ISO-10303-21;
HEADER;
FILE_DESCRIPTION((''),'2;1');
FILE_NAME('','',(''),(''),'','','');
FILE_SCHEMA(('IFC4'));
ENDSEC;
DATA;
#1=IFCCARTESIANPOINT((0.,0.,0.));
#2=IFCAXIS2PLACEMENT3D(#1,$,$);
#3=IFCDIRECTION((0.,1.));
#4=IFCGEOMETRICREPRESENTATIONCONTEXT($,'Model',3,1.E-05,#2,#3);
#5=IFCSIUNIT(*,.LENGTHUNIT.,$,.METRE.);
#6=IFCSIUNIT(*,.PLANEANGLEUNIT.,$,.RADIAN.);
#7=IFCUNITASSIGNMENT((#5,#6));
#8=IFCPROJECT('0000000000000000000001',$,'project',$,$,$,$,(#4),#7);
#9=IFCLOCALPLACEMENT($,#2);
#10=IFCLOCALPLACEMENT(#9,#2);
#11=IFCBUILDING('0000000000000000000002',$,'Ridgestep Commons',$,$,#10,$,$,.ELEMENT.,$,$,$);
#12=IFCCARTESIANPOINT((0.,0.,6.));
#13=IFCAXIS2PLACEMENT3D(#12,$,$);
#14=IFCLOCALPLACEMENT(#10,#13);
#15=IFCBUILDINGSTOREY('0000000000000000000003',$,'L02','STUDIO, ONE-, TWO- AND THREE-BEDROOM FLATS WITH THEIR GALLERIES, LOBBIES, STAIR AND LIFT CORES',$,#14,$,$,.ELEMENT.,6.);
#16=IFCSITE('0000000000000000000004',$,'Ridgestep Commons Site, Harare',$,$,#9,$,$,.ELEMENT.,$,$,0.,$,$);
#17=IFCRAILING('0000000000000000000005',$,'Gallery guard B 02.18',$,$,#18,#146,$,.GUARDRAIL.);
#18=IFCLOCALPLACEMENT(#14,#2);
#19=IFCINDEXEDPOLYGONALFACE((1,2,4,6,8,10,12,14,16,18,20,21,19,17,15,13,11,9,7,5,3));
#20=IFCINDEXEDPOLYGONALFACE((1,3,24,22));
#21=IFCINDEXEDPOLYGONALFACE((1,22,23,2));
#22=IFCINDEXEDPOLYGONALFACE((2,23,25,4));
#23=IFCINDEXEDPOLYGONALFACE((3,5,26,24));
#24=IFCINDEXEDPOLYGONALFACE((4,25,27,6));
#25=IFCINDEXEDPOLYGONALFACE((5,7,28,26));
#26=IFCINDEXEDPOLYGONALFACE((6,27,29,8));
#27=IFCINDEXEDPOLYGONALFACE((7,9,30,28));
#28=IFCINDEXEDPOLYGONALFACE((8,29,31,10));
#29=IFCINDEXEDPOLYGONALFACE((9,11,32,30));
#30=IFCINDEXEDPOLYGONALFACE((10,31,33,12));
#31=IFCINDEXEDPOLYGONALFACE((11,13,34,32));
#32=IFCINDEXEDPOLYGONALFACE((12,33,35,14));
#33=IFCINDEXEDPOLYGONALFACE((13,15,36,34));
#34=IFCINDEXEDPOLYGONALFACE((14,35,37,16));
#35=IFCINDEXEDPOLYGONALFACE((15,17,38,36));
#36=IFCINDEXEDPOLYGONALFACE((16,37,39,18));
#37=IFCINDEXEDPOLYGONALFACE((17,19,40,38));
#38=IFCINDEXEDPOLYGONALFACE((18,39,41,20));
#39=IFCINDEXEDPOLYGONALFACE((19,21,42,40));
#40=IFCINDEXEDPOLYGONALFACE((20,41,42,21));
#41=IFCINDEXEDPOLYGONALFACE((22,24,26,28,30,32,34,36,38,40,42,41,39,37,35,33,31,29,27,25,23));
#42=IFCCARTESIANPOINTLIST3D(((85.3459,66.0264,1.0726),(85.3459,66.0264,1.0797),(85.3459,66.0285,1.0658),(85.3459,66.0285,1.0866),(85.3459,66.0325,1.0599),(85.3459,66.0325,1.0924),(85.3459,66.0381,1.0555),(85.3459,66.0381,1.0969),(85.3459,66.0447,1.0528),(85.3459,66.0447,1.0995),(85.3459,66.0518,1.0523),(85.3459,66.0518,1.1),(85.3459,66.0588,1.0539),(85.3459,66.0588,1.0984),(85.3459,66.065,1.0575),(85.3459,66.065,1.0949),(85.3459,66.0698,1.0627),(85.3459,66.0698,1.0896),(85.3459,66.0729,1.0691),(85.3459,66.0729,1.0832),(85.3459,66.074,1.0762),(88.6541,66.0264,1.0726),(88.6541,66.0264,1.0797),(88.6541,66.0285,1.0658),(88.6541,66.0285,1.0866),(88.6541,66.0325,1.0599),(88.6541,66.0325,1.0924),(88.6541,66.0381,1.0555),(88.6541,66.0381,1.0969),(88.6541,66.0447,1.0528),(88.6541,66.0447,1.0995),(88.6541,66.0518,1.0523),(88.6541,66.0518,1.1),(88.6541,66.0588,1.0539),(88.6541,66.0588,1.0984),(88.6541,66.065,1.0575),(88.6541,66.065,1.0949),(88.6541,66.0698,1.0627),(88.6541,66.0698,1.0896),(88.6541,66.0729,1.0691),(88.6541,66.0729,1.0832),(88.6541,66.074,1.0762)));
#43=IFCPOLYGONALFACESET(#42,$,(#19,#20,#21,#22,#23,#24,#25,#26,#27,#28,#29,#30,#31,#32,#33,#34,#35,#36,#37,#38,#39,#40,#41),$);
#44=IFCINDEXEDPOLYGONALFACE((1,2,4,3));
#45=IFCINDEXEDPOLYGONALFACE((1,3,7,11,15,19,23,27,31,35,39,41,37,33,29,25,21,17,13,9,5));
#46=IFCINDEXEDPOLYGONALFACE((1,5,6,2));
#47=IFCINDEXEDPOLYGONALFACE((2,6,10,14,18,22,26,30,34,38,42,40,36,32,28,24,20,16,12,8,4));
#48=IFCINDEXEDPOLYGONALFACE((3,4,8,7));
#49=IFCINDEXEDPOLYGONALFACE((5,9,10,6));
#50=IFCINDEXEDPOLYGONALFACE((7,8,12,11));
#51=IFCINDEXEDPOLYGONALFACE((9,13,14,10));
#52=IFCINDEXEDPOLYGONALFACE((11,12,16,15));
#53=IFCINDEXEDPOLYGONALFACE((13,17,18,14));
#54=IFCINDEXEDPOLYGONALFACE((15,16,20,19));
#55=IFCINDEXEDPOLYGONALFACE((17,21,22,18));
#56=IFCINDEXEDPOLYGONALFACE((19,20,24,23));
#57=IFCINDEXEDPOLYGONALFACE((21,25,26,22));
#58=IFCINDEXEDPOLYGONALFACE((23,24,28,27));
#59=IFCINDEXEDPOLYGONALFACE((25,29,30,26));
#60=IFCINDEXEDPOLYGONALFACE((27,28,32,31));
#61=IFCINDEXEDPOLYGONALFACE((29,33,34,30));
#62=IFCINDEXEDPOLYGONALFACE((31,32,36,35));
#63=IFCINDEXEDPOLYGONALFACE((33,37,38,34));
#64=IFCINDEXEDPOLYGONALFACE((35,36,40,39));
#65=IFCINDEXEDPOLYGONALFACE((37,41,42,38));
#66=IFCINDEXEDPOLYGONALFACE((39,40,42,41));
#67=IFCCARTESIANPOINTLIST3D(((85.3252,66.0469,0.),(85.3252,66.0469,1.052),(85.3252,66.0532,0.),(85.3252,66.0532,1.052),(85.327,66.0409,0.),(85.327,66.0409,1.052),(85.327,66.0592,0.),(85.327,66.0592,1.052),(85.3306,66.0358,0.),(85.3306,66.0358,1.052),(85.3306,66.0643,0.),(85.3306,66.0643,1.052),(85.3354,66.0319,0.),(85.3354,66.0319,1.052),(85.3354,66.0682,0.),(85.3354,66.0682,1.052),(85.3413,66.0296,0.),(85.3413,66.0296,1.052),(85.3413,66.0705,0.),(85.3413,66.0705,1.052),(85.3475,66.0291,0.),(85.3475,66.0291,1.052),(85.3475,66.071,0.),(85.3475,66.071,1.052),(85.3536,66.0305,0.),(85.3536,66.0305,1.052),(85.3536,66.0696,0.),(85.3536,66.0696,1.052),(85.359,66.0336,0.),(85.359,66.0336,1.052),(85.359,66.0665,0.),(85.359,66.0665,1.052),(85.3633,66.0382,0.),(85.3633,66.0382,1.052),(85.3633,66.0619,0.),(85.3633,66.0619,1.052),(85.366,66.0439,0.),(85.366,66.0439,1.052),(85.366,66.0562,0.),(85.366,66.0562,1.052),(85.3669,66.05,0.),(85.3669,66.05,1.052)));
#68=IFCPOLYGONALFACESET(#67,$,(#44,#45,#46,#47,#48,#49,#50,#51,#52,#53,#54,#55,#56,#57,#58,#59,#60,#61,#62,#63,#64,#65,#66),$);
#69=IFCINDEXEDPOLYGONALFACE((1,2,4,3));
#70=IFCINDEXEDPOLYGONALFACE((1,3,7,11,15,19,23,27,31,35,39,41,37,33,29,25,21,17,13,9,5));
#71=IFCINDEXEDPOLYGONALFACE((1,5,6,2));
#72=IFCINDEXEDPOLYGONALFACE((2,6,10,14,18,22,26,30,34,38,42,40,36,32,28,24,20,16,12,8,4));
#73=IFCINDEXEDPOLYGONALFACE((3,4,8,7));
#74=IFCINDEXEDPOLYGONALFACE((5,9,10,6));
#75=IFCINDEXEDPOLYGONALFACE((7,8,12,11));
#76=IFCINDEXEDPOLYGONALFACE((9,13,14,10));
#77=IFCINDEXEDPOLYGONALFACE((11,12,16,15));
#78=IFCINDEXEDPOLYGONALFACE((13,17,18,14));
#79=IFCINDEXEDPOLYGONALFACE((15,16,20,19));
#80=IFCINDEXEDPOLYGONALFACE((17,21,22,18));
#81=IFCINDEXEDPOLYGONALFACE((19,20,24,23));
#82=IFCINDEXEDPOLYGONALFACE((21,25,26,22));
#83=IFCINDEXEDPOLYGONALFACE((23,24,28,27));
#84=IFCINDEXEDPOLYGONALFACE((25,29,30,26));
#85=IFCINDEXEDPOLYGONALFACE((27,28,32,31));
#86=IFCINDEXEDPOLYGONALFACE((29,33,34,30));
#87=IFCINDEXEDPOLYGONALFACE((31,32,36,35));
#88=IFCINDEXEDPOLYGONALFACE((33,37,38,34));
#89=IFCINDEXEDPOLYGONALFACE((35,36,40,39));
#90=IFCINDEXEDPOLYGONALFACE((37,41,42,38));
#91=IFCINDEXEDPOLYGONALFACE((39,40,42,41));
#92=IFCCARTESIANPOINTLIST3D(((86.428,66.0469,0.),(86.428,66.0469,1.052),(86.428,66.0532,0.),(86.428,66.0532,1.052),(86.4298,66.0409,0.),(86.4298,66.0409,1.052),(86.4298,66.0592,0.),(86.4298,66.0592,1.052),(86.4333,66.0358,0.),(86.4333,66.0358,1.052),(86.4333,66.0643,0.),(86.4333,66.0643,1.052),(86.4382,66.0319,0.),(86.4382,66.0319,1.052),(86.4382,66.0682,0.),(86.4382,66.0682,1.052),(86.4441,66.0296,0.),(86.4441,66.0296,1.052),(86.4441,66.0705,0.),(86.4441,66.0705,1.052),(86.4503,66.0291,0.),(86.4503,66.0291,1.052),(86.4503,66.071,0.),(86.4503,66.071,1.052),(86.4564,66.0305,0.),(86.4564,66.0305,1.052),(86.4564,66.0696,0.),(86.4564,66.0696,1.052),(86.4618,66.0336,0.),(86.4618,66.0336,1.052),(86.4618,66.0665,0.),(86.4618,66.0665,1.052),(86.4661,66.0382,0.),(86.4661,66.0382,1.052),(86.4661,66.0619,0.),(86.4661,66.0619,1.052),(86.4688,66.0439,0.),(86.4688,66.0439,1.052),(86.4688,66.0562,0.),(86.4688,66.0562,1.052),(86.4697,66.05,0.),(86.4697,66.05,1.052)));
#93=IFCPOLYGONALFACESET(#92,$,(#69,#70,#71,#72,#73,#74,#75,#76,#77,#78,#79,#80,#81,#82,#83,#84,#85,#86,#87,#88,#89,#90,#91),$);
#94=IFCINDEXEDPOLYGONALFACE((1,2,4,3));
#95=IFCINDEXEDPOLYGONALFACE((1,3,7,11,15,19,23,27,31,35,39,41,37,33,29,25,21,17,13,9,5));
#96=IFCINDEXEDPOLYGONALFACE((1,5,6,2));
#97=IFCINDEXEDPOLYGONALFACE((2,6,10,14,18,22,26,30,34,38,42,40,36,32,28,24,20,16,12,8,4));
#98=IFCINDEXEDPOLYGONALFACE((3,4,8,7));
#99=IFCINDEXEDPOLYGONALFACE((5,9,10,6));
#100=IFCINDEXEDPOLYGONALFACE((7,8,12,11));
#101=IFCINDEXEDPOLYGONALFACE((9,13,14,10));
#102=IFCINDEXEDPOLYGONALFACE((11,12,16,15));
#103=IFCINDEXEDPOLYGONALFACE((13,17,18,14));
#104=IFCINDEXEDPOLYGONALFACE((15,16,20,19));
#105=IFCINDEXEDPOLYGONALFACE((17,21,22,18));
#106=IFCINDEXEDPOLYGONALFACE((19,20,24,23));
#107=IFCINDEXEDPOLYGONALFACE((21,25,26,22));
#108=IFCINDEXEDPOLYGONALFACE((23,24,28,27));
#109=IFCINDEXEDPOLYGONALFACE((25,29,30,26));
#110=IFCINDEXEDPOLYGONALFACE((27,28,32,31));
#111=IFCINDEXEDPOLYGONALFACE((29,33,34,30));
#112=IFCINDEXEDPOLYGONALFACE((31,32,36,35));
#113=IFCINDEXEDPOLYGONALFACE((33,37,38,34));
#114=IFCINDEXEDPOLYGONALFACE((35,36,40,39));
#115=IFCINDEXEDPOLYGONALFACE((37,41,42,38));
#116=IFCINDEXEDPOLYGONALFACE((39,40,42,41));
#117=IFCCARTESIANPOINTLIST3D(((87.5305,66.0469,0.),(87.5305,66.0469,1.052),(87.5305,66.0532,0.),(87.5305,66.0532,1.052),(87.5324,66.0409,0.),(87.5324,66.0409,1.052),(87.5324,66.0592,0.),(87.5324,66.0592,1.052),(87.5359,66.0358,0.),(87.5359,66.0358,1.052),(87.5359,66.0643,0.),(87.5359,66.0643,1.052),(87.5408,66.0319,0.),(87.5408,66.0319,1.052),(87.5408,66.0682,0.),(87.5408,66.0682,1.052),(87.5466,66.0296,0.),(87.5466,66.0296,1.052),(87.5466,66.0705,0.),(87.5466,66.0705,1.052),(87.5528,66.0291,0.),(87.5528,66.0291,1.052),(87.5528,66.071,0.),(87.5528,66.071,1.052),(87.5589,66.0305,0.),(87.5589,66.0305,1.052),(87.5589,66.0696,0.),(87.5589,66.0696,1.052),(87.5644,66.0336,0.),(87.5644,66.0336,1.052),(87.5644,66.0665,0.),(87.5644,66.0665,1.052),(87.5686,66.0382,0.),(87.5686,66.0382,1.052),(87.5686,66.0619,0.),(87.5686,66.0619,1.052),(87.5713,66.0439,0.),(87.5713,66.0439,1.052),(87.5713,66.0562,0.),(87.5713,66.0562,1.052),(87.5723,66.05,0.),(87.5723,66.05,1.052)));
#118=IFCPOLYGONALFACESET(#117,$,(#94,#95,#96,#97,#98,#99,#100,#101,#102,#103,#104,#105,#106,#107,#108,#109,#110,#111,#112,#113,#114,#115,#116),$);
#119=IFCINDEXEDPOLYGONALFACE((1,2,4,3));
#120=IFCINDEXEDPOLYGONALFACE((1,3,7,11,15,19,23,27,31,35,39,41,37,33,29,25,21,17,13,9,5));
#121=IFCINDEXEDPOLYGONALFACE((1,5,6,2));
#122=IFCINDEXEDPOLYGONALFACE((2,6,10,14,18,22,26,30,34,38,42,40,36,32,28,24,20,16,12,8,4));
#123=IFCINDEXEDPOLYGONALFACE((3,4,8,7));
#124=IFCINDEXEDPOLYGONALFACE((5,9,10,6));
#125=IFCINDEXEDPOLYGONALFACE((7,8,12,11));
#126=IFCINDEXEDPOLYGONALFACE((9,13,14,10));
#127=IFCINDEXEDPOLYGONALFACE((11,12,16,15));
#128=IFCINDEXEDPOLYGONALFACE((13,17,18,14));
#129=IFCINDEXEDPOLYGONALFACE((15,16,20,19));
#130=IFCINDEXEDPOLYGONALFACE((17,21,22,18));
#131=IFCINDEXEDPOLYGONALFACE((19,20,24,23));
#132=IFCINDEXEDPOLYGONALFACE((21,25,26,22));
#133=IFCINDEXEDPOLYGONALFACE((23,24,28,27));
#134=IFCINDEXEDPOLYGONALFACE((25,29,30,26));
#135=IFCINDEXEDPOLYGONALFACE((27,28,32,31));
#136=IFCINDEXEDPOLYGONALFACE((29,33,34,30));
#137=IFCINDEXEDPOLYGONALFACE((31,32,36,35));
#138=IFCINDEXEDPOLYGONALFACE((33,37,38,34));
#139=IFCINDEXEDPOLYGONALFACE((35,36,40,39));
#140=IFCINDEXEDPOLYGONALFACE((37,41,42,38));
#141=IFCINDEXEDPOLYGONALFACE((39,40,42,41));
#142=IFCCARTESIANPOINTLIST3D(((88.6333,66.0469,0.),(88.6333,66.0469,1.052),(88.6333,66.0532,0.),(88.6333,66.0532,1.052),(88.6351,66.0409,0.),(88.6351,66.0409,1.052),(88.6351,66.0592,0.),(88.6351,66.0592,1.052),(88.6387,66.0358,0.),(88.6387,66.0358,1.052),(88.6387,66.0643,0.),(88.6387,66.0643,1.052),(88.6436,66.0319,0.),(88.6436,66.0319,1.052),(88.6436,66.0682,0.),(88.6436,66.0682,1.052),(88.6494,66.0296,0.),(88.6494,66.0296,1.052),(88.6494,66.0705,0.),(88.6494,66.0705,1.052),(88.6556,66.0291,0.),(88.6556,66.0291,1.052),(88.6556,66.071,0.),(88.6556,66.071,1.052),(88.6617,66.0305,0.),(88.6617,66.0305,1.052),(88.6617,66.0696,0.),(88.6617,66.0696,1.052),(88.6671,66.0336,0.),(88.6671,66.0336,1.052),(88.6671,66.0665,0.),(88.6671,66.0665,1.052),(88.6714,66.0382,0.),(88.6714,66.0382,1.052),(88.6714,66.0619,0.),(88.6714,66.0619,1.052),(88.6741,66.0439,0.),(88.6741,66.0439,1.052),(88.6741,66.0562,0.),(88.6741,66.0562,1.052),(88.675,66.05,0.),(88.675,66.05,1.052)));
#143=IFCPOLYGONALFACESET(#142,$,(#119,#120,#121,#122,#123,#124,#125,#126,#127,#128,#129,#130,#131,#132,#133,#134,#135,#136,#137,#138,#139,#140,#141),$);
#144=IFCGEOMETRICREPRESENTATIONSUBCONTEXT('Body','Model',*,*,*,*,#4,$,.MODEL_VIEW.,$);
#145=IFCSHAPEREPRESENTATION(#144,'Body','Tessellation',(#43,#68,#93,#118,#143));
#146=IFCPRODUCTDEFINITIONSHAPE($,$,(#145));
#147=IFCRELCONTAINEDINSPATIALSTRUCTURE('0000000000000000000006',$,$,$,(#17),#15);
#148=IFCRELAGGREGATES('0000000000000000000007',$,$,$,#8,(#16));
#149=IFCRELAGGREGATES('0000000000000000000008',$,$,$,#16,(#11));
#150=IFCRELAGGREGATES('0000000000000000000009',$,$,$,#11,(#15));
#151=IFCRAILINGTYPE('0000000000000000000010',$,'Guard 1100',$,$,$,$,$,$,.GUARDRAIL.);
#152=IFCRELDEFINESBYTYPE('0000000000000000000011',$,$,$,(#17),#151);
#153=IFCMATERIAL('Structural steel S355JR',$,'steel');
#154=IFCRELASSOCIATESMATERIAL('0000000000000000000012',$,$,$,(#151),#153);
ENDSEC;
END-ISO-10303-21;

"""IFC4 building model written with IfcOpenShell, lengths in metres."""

from ifc_helpers import new_model, si_unit, direction, frame, origin, origin_2d, place, context, subcontext, project, spatial, circle, extrude, material, type_object, element, save


model = new_model("IFC4")

# Units and contexts
model_context = context("Model", 3, precision=1e-05, world=origin(), true_north=direction((0.0, 1.0)))
body_context = subcontext(model_context, "Body", "Model", "MODEL_VIEW")
ifc_project = project(units=[si_unit("LENGTHUNIT", "METRE"), si_unit("PLANEANGLEUNIT", "RADIAN")], contexts=[model_context])

# Site, building, storey
site_placement = place(None, origin())
site = spatial("IfcSite", under=ifc_project, at=site_placement, Name="Ridgestep Commons Site, Harare", CompositionType="ELEMENT", RefElevation=0.0)
building_placement = place(site_placement, origin())
building = spatial("IfcBuilding", under=site, at=building_placement, Name="Ridgestep Commons", CompositionType="ELEMENT")
storey_placement = place(building_placement, frame((0.0, 0.0, 6.0)))
storey = spatial("IfcBuildingStorey", under=building, at=storey_placement, Name="L02", Description="STUDIO, ONE-, TWO- AND THREE-BEDROOM FLATS WITH THEIR GALLERIES, LOBBIES, STAIR AND LIFT CORES", CompositionType="ELEMENT", Elevation=6.0)

# Railing
ifc_material_1 = material(Name="Structural steel S355JR", Category="steel")
railing_type_1 = type_object("IfcRailingType", Name="Guard 1100", PredefinedType="GUARDRAIL", material=ifc_material_1)
railing_1_placement = place(storey_placement, frame((85.3459, 66.05, 0.0)))
element("IfcRailing", 1, at=railing_1_placement, inside=storey, type_object=railing_type_1, Name="Gallery guard B 02.18", PredefinedType="GUARDRAIL", context=body_context, shape_type="SweptSolid", body=[
    extrude(circle(Radius=0.0239, at=origin_2d()), frame((0.0, 0.0, 1.0762), z_axis=(1.0, 0.0, 0.0), x_axis=(0.0, 1.0, 0.0)), (0.0, 0.0, 1.0), 3.3081),
    extrude(circle(Radius=0.021, at=origin_2d()), origin(), (0.0, 0.0, 1.0), 1.052),
    extrude(circle(Radius=0.021, at=origin_2d()), frame((1.1028, 0.0, 0.0)), (0.0, 0.0, 1.0), 1.052),
    extrude(circle(Radius=0.021, at=origin_2d()), frame((2.2053, 0.0, 0.0)), (0.0, 0.0, 1.0), 1.052),
    extrude(circle(Radius=0.021, at=origin_2d()), frame((3.3081, 0.0, 0.0)), (0.0, 0.0, 1.0), 1.052),
])

save(model, "model.ifc")
